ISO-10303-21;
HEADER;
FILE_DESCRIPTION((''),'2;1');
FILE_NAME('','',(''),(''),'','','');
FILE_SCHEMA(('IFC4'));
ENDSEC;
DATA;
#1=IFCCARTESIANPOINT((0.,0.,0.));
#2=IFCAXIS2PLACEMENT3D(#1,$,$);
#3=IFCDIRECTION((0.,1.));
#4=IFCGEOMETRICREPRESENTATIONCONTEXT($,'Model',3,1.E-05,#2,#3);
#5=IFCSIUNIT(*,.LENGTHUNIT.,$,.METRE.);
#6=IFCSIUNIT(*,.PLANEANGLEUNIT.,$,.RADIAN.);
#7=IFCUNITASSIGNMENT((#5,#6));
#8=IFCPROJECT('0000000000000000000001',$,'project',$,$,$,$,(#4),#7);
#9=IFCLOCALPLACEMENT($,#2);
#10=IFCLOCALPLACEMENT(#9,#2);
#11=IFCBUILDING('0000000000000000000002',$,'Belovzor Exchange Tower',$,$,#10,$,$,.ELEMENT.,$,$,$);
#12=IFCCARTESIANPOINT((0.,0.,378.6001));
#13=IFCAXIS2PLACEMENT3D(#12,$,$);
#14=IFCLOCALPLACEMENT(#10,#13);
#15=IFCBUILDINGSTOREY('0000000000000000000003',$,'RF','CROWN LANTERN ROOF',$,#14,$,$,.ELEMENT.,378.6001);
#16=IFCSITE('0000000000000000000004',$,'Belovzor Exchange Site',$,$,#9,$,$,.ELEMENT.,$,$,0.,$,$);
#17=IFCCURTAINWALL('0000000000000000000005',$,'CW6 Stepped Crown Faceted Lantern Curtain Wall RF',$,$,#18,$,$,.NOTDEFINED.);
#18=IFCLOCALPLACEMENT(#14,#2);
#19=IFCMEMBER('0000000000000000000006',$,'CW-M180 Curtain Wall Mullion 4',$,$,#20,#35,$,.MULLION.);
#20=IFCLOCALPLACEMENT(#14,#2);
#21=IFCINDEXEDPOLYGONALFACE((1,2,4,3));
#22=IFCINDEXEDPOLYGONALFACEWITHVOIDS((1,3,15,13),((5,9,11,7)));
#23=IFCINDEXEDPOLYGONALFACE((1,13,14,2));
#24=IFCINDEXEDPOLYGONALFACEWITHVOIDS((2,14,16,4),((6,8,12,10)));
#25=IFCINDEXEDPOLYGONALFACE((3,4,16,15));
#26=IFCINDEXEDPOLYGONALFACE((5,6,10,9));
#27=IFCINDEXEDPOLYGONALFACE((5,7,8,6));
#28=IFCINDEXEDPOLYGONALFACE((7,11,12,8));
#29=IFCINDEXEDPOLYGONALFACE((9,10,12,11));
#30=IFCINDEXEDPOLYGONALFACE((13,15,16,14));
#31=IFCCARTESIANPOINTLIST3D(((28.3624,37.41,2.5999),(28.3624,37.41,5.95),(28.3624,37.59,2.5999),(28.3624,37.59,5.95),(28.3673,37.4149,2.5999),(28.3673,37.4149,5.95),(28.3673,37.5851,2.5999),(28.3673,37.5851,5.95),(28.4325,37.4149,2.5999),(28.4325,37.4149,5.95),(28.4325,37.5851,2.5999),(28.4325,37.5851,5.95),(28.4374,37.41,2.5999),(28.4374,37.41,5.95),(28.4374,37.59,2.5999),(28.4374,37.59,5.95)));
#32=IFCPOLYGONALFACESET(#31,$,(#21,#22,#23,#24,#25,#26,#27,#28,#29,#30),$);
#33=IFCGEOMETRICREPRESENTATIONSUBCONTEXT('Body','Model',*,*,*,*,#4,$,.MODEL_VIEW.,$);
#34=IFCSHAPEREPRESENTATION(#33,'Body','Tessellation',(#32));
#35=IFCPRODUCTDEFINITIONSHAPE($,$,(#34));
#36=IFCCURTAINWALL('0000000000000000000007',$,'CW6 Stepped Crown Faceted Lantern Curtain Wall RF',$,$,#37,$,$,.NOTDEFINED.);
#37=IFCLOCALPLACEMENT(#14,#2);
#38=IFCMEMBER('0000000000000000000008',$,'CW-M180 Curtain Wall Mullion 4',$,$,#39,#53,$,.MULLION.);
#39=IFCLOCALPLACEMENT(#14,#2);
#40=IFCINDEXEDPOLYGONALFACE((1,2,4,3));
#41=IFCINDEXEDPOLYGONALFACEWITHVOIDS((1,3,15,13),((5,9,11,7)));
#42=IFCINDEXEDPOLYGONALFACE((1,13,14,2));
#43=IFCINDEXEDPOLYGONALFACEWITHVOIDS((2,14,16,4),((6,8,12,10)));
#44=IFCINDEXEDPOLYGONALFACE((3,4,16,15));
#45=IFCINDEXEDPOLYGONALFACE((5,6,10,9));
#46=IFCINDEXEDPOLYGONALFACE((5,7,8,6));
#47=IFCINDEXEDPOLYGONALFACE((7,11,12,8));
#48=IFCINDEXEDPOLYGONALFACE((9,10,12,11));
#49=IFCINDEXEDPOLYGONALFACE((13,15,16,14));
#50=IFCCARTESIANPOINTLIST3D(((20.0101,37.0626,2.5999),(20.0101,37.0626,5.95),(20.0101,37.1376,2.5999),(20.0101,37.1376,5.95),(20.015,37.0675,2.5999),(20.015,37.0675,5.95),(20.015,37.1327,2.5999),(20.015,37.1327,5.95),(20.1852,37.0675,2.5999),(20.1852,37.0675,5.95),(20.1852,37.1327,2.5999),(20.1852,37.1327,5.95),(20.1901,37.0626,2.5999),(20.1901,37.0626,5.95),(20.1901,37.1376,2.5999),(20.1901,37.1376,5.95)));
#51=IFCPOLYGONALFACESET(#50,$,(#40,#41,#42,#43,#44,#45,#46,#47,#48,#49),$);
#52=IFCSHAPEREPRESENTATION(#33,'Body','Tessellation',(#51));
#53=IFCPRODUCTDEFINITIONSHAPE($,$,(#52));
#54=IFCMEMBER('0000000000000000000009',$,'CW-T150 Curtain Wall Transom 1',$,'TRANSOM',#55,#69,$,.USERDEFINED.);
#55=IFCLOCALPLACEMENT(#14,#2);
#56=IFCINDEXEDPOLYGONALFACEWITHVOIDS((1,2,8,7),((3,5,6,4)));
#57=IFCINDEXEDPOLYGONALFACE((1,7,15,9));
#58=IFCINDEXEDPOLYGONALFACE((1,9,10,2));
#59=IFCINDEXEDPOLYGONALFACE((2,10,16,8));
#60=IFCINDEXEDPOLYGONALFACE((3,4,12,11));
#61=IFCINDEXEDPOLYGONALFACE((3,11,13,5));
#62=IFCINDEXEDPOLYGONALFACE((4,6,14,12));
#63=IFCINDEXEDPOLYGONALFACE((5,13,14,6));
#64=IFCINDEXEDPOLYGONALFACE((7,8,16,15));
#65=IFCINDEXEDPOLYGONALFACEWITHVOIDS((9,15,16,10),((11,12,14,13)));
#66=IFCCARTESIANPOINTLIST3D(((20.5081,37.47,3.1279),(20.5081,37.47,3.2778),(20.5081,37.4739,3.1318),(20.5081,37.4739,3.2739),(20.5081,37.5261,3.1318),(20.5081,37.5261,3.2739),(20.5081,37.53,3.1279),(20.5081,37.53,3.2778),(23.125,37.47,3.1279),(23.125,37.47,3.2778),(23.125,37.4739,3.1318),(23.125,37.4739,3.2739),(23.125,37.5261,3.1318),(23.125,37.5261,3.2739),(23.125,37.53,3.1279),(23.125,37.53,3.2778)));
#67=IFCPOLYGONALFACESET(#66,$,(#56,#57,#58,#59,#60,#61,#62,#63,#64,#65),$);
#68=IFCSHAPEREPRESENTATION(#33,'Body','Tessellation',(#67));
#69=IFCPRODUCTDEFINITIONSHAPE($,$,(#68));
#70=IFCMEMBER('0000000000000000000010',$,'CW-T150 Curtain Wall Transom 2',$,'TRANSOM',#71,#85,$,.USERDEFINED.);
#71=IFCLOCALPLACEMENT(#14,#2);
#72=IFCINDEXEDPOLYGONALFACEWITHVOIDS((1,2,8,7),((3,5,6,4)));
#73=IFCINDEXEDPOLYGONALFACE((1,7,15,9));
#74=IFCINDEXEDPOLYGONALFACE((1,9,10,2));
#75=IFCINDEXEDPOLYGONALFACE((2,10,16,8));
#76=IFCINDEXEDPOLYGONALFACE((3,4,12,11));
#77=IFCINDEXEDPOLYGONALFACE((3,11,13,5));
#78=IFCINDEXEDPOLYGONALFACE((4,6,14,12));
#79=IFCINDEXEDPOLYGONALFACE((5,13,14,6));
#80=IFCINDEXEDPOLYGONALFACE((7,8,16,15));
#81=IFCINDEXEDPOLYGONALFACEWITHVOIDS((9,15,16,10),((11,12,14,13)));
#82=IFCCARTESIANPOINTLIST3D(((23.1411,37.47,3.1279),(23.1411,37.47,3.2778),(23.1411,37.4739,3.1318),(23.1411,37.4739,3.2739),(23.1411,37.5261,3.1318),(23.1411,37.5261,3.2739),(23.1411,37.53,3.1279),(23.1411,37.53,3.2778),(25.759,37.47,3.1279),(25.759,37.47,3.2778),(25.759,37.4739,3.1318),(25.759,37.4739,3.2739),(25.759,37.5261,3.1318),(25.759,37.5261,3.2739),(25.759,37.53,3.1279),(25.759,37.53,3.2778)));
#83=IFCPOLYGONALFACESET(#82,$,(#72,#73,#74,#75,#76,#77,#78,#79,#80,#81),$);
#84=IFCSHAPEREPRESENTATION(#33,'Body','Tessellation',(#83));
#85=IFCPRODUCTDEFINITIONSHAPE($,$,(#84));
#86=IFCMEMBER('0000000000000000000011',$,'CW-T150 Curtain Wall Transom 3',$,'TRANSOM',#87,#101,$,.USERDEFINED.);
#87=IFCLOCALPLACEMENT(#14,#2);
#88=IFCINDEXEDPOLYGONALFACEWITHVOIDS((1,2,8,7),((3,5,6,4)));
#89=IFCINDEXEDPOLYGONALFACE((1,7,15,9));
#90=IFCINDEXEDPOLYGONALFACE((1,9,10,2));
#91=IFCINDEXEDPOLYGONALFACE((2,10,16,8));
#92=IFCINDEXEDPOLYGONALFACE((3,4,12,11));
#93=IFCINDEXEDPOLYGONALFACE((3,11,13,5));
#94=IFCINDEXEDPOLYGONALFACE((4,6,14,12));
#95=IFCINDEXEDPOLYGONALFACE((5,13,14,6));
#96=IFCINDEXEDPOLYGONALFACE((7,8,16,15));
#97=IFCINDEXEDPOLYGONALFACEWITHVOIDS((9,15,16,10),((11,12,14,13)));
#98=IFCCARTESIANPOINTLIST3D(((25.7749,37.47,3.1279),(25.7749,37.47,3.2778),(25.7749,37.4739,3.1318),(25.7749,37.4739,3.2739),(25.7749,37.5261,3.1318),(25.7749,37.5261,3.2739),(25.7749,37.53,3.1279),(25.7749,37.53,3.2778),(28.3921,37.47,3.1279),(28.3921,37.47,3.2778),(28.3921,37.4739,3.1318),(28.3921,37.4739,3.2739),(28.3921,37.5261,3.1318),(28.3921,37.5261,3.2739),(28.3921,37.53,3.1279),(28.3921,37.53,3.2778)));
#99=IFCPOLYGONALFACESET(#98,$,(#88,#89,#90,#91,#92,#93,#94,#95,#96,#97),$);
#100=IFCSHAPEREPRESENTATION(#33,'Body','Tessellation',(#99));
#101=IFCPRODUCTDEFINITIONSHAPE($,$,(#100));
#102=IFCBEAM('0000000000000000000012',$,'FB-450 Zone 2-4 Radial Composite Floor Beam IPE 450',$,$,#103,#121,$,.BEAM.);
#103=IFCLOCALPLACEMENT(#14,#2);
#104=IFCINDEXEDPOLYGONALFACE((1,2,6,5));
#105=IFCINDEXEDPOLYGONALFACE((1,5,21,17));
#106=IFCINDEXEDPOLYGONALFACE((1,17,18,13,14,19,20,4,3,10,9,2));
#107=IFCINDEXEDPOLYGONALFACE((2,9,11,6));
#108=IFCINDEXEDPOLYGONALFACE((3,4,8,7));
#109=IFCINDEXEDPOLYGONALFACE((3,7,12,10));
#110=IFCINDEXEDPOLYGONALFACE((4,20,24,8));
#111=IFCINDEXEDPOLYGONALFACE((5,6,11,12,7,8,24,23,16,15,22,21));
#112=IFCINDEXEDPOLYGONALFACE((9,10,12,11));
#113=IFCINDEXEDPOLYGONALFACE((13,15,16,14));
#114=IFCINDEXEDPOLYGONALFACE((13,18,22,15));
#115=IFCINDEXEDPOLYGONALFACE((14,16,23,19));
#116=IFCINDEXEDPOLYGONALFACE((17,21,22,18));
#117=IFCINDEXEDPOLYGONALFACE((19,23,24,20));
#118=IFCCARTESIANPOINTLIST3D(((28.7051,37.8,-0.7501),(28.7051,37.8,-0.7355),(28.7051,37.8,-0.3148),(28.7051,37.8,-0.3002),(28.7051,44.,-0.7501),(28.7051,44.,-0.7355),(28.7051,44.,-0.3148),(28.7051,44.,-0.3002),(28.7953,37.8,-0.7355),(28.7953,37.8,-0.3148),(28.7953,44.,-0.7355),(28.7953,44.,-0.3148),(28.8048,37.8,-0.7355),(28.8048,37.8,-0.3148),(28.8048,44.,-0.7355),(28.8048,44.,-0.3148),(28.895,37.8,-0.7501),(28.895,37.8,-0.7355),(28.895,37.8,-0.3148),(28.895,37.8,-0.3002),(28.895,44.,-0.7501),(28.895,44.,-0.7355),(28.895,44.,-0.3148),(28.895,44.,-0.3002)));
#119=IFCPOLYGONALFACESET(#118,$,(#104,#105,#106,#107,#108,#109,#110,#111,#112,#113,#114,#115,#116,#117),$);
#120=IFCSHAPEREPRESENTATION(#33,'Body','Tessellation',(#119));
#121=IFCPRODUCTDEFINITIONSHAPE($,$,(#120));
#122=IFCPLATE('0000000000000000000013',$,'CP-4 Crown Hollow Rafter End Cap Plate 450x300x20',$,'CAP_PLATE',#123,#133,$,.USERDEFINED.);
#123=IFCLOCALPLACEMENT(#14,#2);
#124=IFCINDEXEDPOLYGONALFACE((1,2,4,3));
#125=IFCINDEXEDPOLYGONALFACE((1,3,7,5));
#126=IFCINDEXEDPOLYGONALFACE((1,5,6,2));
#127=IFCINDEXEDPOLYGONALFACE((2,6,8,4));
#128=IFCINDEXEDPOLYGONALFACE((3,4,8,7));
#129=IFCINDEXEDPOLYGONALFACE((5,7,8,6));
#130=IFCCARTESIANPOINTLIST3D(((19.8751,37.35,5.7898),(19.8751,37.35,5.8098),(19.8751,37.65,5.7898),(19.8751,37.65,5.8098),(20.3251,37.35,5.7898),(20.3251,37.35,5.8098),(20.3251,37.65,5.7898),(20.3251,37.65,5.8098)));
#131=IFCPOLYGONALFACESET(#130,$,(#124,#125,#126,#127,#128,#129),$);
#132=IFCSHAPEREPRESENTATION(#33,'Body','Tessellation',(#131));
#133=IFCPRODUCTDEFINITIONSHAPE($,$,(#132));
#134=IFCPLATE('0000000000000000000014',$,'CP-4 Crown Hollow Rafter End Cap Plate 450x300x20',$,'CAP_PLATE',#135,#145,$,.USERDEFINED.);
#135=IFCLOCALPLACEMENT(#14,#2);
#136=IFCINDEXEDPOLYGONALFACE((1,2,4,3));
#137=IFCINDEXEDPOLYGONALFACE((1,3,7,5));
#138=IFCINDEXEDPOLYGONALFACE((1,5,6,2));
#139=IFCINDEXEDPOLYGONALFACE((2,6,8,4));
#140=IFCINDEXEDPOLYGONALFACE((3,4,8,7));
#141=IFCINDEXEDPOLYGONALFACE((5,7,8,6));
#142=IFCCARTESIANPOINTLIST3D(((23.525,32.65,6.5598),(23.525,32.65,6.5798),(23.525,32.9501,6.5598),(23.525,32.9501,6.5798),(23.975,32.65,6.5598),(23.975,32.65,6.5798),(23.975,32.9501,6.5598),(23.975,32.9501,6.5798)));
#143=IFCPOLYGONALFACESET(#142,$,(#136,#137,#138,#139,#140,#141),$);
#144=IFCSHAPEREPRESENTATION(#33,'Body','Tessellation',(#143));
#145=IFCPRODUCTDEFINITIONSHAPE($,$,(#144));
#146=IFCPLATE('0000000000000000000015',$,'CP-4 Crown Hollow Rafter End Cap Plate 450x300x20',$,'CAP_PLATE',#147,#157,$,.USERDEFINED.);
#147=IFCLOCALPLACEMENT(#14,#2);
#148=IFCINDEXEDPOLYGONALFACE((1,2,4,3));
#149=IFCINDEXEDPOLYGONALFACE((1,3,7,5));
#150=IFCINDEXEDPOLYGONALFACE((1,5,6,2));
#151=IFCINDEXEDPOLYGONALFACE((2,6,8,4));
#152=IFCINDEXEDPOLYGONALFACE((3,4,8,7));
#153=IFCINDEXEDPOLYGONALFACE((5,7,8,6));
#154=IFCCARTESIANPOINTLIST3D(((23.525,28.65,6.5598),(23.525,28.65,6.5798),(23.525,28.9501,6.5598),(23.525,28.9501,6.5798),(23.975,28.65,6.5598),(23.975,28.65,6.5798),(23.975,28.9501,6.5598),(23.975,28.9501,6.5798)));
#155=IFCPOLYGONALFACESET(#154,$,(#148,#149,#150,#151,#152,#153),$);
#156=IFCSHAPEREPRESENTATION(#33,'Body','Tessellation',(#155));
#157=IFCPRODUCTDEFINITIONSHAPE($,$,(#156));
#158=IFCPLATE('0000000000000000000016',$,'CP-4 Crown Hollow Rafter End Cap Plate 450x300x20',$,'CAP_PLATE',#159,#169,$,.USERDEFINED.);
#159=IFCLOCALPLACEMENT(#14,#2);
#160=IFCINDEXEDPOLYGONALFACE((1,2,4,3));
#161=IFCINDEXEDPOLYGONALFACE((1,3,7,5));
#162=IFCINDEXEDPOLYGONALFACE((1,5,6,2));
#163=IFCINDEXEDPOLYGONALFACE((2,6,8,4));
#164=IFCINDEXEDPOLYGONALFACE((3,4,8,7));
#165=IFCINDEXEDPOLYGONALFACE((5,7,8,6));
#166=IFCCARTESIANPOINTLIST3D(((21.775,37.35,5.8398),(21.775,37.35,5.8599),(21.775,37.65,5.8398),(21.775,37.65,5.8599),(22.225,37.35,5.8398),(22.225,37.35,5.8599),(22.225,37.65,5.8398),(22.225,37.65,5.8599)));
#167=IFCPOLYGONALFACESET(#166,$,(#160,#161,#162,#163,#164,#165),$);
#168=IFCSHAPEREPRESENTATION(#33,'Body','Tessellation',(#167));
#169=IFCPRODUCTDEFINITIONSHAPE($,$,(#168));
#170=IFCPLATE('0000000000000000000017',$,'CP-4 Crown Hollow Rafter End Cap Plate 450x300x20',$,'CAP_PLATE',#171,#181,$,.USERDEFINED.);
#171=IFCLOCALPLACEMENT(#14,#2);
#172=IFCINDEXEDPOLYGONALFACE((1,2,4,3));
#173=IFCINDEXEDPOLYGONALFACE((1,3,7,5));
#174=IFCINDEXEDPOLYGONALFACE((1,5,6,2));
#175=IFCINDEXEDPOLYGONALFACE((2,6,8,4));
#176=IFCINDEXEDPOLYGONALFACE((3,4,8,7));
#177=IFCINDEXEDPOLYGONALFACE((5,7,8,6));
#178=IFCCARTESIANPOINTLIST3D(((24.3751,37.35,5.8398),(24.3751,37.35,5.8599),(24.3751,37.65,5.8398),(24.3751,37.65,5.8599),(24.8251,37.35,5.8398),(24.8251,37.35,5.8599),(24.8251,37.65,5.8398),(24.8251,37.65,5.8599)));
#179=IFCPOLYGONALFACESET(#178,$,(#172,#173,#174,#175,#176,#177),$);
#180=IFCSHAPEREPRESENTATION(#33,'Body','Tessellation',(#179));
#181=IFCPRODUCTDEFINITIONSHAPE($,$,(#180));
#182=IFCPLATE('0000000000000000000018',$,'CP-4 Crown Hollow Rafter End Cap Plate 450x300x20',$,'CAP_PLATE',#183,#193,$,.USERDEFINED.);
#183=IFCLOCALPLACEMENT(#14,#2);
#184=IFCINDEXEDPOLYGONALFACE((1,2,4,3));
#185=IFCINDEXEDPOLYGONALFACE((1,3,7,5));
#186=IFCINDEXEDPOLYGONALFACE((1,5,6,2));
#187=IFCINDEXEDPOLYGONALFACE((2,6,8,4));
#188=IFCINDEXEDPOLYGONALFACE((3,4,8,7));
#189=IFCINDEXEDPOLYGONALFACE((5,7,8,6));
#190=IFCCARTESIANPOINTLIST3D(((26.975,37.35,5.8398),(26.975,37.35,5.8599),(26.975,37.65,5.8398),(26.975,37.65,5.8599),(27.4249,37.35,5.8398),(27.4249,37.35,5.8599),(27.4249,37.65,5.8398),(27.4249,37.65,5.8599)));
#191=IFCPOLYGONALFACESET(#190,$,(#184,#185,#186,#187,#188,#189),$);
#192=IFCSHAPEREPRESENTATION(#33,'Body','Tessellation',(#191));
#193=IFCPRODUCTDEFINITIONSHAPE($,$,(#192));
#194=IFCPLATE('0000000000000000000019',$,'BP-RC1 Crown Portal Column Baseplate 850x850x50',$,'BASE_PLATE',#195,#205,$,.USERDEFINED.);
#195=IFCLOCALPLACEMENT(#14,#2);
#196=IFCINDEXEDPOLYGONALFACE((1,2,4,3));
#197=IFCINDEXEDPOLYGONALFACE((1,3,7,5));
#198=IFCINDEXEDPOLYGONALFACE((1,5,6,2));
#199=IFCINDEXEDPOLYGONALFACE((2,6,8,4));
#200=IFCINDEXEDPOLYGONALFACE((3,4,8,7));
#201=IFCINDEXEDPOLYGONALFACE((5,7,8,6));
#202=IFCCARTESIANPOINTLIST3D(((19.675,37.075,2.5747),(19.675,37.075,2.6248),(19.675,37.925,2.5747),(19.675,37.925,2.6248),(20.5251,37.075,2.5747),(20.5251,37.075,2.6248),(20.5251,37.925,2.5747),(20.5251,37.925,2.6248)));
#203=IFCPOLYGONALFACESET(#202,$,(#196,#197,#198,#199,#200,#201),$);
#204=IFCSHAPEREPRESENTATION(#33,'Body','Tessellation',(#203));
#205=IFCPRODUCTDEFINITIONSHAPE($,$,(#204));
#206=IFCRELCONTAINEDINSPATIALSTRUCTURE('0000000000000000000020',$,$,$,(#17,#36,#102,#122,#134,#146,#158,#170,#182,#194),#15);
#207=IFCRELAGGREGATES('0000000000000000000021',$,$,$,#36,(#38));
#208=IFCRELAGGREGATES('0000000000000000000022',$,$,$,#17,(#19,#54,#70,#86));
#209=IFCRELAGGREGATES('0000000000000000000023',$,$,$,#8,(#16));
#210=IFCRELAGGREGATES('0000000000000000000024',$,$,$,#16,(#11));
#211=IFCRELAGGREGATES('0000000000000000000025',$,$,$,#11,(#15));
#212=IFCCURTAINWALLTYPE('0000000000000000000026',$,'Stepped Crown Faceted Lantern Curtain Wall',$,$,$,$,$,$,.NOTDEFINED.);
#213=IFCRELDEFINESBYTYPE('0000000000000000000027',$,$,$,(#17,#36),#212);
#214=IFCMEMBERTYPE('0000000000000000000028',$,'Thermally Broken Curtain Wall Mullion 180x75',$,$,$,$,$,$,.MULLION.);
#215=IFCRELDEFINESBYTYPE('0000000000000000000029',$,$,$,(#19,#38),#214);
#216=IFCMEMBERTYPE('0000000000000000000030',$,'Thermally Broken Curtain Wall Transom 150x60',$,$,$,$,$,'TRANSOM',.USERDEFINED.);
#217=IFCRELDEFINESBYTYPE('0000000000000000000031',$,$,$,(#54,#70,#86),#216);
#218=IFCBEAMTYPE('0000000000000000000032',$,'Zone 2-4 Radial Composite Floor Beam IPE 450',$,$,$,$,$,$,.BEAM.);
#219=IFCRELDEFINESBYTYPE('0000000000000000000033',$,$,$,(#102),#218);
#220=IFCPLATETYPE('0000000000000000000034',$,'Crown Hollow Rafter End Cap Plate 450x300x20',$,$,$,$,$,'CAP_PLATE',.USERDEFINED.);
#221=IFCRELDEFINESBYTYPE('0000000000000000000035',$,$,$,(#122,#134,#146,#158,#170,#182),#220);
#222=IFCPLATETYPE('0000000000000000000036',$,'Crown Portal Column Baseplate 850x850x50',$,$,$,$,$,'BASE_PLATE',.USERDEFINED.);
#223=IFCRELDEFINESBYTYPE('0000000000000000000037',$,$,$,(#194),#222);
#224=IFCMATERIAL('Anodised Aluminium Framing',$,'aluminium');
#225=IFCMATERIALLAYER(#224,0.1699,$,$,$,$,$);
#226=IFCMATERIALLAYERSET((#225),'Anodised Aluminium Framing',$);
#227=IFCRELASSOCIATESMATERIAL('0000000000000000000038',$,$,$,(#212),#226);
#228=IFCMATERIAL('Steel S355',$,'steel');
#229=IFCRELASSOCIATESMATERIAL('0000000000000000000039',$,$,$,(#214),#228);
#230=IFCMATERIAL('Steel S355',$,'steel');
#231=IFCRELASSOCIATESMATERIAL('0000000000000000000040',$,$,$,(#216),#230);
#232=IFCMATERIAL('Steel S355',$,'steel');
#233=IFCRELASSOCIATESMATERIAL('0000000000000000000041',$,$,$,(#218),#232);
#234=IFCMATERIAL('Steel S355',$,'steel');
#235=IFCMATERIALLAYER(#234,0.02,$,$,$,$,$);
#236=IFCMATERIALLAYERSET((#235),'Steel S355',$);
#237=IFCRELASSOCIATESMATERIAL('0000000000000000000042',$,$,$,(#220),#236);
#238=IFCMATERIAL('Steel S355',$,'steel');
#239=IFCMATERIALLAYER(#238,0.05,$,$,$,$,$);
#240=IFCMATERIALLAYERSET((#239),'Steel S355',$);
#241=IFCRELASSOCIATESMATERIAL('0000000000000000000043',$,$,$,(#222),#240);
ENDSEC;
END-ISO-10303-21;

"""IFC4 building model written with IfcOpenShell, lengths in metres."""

from ifc_helpers import new_model, si_unit, direction, frame, origin, origin_2d, place, context, subcontext, project, spatial, rectangle, hollow_rectangle, i_section, extrude, material, layer, layer_set, material_profile, profile_set, type_object, element, aggregate, save


model = new_model("IFC4")

# Units and contexts
model_context = context("Model", 3, precision=1e-05, world=origin(), true_north=direction((0.0, 1.0)))
body_context = subcontext(model_context, "Body", "Model", "MODEL_VIEW")
ifc_project = project(units=[si_unit("LENGTHUNIT", "METRE"), si_unit("PLANEANGLEUNIT", "RADIAN")], contexts=[model_context])

# Site, building, storey
site_placement = place(None, origin())
site = spatial("IfcSite", under=ifc_project, at=site_placement, Name="Belovzor Exchange Site", CompositionType="ELEMENT", RefElevation=0.0)
building_placement = place(site_placement, origin())
building = spatial("IfcBuilding", under=site, at=building_placement, Name="Belovzor Exchange Tower", CompositionType="ELEMENT")
storey_placement = place(building_placement, frame((0.0, 0.0, 378.6001)))
storey = spatial("IfcBuildingStorey", under=building, at=storey_placement, Name="RF", Description="CROWN LANTERN ROOF", CompositionType="ELEMENT", Elevation=378.6001)

# Curtain wall, member
ifc_material_1 = material(Name="Anodised Aluminium Framing", Category="aluminium")
ifc_layer_1 = layer(ifc_material_1, 0.1699)
ifc_layer_set_1 = layer_set([ifc_layer_1], Name="Anodised Aluminium Framing")
curtain_wall_type = type_object("IfcCurtainWallType", Name="Stepped Crown Faceted Lantern Curtain Wall", PredefinedType="NOTDEFINED", material=ifc_layer_set_1)
curtain_wall_1_placement = place(storey_placement, origin())
curtain_wall_1 = element("IfcCurtainWall", 1, at=curtain_wall_1_placement, inside=storey, type_object=curtain_wall_type, Name="CW6 Stepped Crown Faceted Lantern Curtain Wall RF", PredefinedType="NOTDEFINED")
ifc_material_2 = material(Name="Steel S355", Category="steel")
ifc_material_profile_1 = material_profile(ifc_material_2, hollow_rectangle(XDim=0.075, YDim=0.1799, WallThickness=0.0049, at=origin_2d()))
ifc_profile_set_1 = profile_set([ifc_material_profile_1], Name="Steel S355")
member_type_1 = type_object("IfcMemberType", Name="Thermally Broken Curtain Wall Mullion 180x75", PredefinedType="MULLION", material=ifc_profile_set_1)
member_1_placement = place(storey_placement, frame((28.3999, 37.5, 2.5999), z_axis=(0.0, 0.0, 1.0), x_axis=(1.0, 0.0, 0.0)))
member_1 = element("IfcMember", 2, at=member_1_placement, type_object=member_type_1, Name="CW-M180 Curtain Wall Mullion 4", PredefinedType="MULLION", context=body_context, shape_type="SweptSolid", body=[
    extrude(hollow_rectangle(XDim=0.075, YDim=0.1799, WallThickness=0.0049, at=origin_2d()), origin(), (0.0, 0.0, 1.0), 3.3501),
])

# Curtain wall, member
curtain_wall_2_placement = place(storey_placement, origin())
curtain_wall_2 = element("IfcCurtainWall", 3, at=curtain_wall_2_placement, inside=storey, type_object=curtain_wall_type, Name="CW6 Stepped Crown Faceted Lantern Curtain Wall RF", PredefinedType="NOTDEFINED")
member_2_placement = place(storey_placement, frame((20.1001, 37.1001, 2.5999), z_axis=(0.0, 0.0, 1.0), x_axis=(0.0, 1.0, 0.0)))
member_2 = element("IfcMember", 4, at=member_2_placement, type_object=member_type_1, Name="CW-M180 Curtain Wall Mullion 4", PredefinedType="MULLION", context=body_context, shape_type="SweptSolid", body=[
    extrude(hollow_rectangle(XDim=0.075, YDim=0.1799, WallThickness=0.0049, at=origin_2d()), origin(), (0.0, 0.0, 1.0), 3.3501),
])

# Members
ifc_material_3 = material(Name="Steel S355", Category="steel")
ifc_material_profile_2 = material_profile(ifc_material_3, hollow_rectangle(XDim=0.0601, YDim=0.1499, WallThickness=0.0039, at=origin_2d()))
ifc_profile_set_2 = profile_set([ifc_material_profile_2], Name="Steel S355")
member_type_2 = type_object("IfcMemberType", Name="Thermally Broken Curtain Wall Transom 150x60", ElementType="TRANSOM", PredefinedType="USERDEFINED", material=ifc_profile_set_2)
member_3_placement = place(storey_placement, frame((20.5081, 37.5, 3.2029), z_axis=(1.0, 0.0, 0.0), x_axis=(0.0, 1.0, 0.0)))
member_3 = element("IfcMember", 5, at=member_3_placement, type_object=member_type_2, Name="CW-T150 Curtain Wall Transom 1", ObjectType="TRANSOM", PredefinedType="USERDEFINED", context=body_context, shape_type="SweptSolid", body=[
    extrude(hollow_rectangle(XDim=0.0601, YDim=0.1499, WallThickness=0.0039, at=origin_2d()), origin(), (0.0, 0.0, 1.0), 2.6169),
])
member_4_placement = place(storey_placement, frame((23.1411, 37.5, 3.2029), z_axis=(1.0, 0.0, 0.0), x_axis=(0.0, 1.0, 0.0)))
member_4 = element("IfcMember", 6, at=member_4_placement, type_object=member_type_2, Name="CW-T150 Curtain Wall Transom 2", ObjectType="TRANSOM", PredefinedType="USERDEFINED", context=body_context, shape_type="SweptSolid", body=[
    extrude(hollow_rectangle(XDim=0.0601, YDim=0.1499, WallThickness=0.0039, at=origin_2d()), origin(), (0.0, 0.0, 1.0), 2.6179),
])
member_5_placement = place(storey_placement, frame((25.7749, 37.5, 3.2029), z_axis=(1.0, 0.0, 0.0), x_axis=(0.0, 1.0, 0.0)))
member_5 = element("IfcMember", 7, at=member_5_placement, type_object=member_type_2, Name="CW-T150 Curtain Wall Transom 3", ObjectType="TRANSOM", PredefinedType="USERDEFINED", context=body_context, shape_type="SweptSolid", body=[
    extrude(hollow_rectangle(XDim=0.0601, YDim=0.1499, WallThickness=0.0039, at=origin_2d()), origin(), (0.0, 0.0, 1.0), 2.6172),
])

# Beam
ifc_material_4 = material(Name="Steel S355", Category="steel")
ifc_material_profile_3 = material_profile(ifc_material_4, i_section(OverallWidth=0.1899, OverallDepth=0.45, WebThickness=0.0095, FlangeThickness=0.0146, at=origin_2d()))
ifc_profile_set_3 = profile_set([ifc_material_profile_3], Name="Steel S355")
beam_type_1 = type_object("IfcBeamType", Name="Zone 2-4 Radial Composite Floor Beam IPE 450", PredefinedType="BEAM", material=ifc_profile_set_3)
beam_1_placement = place(storey_placement, frame((28.8, 37.8, -0.5251), z_axis=(0.0, 1.0, 0.0), x_axis=(-1.0, 0.0, 0.0)))
element("IfcBeam", 8, at=beam_1_placement, inside=storey, type_object=beam_type_1, Name="FB-450 Zone 2-4 Radial Composite Floor Beam IPE 450", PredefinedType="BEAM", context=body_context, shape_type="SweptSolid", body=[
    extrude(i_section(OverallWidth=0.1899, OverallDepth=0.45, WebThickness=0.0095, FlangeThickness=0.0146, at=origin_2d()), origin(), (0.0, 0.0, 1.0), 6.2),
])

# Plates
ifc_material_5 = material(Name="Steel S355", Category="steel")
ifc_layer_2 = layer(ifc_material_5, 0.02)
ifc_layer_set_2 = layer_set([ifc_layer_2], Name="Steel S355")
plate_type_1 = type_object("IfcPlateType", Name="Crown Hollow Rafter End Cap Plate 450x300x20", ElementType="CAP_PLATE", PredefinedType="USERDEFINED", material=ifc_layer_set_2)
for number, where, z_axis, x_axis, name in (
    (9, (20.1001, 37.5, 5.7898), (0.0, 0.0, 1.0), (1.0, 0.0, 0.0), "CP-4 Crown Hollow Rafter End Cap Plate 450x300x20"),
    (10, (23.75, 32.8, 6.5598), (0.0, 0.0, 1.0), (1.0, 0.0, 0.0), "CP-4 Crown Hollow Rafter End Cap Plate 450x300x20"),
    (11, (23.75, 28.8, 6.5598), (0.0, 0.0, 1.0), (1.0, 0.0, 0.0), "CP-4 Crown Hollow Rafter End Cap Plate 450x300x20"),
    (12, (22.0, 37.5, 5.8398), (0.0, 0.0, 1.0), (1.0, 0.0, 0.0), "CP-4 Crown Hollow Rafter End Cap Plate 450x300x20"),
    (13, (24.6001, 37.5, 5.8398), (0.0, 0.0, 1.0), (1.0, 0.0, 0.0), "CP-4 Crown Hollow Rafter End Cap Plate 450x300x20"),
    (14, (27.2, 37.5, 5.8398), (0.0, 0.0, 1.0), (1.0, 0.0, 0.0), "CP-4 Crown Hollow Rafter End Cap Plate 450x300x20"),
):
    element("IfcPlate", number, at=place(storey_placement, frame(where, z_axis=z_axis, x_axis=x_axis)), inside=storey, type_object=plate_type_1, Name=name, ObjectType="CAP_PLATE", PredefinedType="USERDEFINED", context=body_context, shape_type="SweptSolid", body=[
        extrude(rectangle(XDim=0.45, YDim=0.3, at=origin_2d()), origin(), (0.0, 0.0, 1.0), 0.02),
    ])
ifc_material_6 = material(Name="Steel S355", Category="steel")
ifc_layer_3 = layer(ifc_material_6, 0.05)
ifc_layer_set_3 = layer_set([ifc_layer_3], Name="Steel S355")
plate_type_2 = type_object("IfcPlateType", Name="Crown Portal Column Baseplate 850x850x50", ElementType="BASE_PLATE", PredefinedType="USERDEFINED", material=ifc_layer_set_3)
plate_1_placement = place(storey_placement, frame((20.1001, 37.5, 2.5747), z_axis=(0.0, 0.0, 1.0), x_axis=(1.0, 0.0, 0.0)))
element("IfcPlate", 15, at=plate_1_placement, inside=storey, type_object=plate_type_2, Name="BP-RC1 Crown Portal Column Baseplate 850x850x50", ObjectType="BASE_PLATE", PredefinedType="USERDEFINED", context=body_context, shape_type="SweptSolid", body=[
    extrude(rectangle(XDim=0.8501, YDim=0.8501, at=origin_2d()), origin(), (0.0, 0.0, 1.0), 0.05),
])

aggregate(curtain_wall_2, [member_2])
aggregate(curtain_wall_1, [member_1, member_3, member_4, member_5])

save(model, "model.ifc")
